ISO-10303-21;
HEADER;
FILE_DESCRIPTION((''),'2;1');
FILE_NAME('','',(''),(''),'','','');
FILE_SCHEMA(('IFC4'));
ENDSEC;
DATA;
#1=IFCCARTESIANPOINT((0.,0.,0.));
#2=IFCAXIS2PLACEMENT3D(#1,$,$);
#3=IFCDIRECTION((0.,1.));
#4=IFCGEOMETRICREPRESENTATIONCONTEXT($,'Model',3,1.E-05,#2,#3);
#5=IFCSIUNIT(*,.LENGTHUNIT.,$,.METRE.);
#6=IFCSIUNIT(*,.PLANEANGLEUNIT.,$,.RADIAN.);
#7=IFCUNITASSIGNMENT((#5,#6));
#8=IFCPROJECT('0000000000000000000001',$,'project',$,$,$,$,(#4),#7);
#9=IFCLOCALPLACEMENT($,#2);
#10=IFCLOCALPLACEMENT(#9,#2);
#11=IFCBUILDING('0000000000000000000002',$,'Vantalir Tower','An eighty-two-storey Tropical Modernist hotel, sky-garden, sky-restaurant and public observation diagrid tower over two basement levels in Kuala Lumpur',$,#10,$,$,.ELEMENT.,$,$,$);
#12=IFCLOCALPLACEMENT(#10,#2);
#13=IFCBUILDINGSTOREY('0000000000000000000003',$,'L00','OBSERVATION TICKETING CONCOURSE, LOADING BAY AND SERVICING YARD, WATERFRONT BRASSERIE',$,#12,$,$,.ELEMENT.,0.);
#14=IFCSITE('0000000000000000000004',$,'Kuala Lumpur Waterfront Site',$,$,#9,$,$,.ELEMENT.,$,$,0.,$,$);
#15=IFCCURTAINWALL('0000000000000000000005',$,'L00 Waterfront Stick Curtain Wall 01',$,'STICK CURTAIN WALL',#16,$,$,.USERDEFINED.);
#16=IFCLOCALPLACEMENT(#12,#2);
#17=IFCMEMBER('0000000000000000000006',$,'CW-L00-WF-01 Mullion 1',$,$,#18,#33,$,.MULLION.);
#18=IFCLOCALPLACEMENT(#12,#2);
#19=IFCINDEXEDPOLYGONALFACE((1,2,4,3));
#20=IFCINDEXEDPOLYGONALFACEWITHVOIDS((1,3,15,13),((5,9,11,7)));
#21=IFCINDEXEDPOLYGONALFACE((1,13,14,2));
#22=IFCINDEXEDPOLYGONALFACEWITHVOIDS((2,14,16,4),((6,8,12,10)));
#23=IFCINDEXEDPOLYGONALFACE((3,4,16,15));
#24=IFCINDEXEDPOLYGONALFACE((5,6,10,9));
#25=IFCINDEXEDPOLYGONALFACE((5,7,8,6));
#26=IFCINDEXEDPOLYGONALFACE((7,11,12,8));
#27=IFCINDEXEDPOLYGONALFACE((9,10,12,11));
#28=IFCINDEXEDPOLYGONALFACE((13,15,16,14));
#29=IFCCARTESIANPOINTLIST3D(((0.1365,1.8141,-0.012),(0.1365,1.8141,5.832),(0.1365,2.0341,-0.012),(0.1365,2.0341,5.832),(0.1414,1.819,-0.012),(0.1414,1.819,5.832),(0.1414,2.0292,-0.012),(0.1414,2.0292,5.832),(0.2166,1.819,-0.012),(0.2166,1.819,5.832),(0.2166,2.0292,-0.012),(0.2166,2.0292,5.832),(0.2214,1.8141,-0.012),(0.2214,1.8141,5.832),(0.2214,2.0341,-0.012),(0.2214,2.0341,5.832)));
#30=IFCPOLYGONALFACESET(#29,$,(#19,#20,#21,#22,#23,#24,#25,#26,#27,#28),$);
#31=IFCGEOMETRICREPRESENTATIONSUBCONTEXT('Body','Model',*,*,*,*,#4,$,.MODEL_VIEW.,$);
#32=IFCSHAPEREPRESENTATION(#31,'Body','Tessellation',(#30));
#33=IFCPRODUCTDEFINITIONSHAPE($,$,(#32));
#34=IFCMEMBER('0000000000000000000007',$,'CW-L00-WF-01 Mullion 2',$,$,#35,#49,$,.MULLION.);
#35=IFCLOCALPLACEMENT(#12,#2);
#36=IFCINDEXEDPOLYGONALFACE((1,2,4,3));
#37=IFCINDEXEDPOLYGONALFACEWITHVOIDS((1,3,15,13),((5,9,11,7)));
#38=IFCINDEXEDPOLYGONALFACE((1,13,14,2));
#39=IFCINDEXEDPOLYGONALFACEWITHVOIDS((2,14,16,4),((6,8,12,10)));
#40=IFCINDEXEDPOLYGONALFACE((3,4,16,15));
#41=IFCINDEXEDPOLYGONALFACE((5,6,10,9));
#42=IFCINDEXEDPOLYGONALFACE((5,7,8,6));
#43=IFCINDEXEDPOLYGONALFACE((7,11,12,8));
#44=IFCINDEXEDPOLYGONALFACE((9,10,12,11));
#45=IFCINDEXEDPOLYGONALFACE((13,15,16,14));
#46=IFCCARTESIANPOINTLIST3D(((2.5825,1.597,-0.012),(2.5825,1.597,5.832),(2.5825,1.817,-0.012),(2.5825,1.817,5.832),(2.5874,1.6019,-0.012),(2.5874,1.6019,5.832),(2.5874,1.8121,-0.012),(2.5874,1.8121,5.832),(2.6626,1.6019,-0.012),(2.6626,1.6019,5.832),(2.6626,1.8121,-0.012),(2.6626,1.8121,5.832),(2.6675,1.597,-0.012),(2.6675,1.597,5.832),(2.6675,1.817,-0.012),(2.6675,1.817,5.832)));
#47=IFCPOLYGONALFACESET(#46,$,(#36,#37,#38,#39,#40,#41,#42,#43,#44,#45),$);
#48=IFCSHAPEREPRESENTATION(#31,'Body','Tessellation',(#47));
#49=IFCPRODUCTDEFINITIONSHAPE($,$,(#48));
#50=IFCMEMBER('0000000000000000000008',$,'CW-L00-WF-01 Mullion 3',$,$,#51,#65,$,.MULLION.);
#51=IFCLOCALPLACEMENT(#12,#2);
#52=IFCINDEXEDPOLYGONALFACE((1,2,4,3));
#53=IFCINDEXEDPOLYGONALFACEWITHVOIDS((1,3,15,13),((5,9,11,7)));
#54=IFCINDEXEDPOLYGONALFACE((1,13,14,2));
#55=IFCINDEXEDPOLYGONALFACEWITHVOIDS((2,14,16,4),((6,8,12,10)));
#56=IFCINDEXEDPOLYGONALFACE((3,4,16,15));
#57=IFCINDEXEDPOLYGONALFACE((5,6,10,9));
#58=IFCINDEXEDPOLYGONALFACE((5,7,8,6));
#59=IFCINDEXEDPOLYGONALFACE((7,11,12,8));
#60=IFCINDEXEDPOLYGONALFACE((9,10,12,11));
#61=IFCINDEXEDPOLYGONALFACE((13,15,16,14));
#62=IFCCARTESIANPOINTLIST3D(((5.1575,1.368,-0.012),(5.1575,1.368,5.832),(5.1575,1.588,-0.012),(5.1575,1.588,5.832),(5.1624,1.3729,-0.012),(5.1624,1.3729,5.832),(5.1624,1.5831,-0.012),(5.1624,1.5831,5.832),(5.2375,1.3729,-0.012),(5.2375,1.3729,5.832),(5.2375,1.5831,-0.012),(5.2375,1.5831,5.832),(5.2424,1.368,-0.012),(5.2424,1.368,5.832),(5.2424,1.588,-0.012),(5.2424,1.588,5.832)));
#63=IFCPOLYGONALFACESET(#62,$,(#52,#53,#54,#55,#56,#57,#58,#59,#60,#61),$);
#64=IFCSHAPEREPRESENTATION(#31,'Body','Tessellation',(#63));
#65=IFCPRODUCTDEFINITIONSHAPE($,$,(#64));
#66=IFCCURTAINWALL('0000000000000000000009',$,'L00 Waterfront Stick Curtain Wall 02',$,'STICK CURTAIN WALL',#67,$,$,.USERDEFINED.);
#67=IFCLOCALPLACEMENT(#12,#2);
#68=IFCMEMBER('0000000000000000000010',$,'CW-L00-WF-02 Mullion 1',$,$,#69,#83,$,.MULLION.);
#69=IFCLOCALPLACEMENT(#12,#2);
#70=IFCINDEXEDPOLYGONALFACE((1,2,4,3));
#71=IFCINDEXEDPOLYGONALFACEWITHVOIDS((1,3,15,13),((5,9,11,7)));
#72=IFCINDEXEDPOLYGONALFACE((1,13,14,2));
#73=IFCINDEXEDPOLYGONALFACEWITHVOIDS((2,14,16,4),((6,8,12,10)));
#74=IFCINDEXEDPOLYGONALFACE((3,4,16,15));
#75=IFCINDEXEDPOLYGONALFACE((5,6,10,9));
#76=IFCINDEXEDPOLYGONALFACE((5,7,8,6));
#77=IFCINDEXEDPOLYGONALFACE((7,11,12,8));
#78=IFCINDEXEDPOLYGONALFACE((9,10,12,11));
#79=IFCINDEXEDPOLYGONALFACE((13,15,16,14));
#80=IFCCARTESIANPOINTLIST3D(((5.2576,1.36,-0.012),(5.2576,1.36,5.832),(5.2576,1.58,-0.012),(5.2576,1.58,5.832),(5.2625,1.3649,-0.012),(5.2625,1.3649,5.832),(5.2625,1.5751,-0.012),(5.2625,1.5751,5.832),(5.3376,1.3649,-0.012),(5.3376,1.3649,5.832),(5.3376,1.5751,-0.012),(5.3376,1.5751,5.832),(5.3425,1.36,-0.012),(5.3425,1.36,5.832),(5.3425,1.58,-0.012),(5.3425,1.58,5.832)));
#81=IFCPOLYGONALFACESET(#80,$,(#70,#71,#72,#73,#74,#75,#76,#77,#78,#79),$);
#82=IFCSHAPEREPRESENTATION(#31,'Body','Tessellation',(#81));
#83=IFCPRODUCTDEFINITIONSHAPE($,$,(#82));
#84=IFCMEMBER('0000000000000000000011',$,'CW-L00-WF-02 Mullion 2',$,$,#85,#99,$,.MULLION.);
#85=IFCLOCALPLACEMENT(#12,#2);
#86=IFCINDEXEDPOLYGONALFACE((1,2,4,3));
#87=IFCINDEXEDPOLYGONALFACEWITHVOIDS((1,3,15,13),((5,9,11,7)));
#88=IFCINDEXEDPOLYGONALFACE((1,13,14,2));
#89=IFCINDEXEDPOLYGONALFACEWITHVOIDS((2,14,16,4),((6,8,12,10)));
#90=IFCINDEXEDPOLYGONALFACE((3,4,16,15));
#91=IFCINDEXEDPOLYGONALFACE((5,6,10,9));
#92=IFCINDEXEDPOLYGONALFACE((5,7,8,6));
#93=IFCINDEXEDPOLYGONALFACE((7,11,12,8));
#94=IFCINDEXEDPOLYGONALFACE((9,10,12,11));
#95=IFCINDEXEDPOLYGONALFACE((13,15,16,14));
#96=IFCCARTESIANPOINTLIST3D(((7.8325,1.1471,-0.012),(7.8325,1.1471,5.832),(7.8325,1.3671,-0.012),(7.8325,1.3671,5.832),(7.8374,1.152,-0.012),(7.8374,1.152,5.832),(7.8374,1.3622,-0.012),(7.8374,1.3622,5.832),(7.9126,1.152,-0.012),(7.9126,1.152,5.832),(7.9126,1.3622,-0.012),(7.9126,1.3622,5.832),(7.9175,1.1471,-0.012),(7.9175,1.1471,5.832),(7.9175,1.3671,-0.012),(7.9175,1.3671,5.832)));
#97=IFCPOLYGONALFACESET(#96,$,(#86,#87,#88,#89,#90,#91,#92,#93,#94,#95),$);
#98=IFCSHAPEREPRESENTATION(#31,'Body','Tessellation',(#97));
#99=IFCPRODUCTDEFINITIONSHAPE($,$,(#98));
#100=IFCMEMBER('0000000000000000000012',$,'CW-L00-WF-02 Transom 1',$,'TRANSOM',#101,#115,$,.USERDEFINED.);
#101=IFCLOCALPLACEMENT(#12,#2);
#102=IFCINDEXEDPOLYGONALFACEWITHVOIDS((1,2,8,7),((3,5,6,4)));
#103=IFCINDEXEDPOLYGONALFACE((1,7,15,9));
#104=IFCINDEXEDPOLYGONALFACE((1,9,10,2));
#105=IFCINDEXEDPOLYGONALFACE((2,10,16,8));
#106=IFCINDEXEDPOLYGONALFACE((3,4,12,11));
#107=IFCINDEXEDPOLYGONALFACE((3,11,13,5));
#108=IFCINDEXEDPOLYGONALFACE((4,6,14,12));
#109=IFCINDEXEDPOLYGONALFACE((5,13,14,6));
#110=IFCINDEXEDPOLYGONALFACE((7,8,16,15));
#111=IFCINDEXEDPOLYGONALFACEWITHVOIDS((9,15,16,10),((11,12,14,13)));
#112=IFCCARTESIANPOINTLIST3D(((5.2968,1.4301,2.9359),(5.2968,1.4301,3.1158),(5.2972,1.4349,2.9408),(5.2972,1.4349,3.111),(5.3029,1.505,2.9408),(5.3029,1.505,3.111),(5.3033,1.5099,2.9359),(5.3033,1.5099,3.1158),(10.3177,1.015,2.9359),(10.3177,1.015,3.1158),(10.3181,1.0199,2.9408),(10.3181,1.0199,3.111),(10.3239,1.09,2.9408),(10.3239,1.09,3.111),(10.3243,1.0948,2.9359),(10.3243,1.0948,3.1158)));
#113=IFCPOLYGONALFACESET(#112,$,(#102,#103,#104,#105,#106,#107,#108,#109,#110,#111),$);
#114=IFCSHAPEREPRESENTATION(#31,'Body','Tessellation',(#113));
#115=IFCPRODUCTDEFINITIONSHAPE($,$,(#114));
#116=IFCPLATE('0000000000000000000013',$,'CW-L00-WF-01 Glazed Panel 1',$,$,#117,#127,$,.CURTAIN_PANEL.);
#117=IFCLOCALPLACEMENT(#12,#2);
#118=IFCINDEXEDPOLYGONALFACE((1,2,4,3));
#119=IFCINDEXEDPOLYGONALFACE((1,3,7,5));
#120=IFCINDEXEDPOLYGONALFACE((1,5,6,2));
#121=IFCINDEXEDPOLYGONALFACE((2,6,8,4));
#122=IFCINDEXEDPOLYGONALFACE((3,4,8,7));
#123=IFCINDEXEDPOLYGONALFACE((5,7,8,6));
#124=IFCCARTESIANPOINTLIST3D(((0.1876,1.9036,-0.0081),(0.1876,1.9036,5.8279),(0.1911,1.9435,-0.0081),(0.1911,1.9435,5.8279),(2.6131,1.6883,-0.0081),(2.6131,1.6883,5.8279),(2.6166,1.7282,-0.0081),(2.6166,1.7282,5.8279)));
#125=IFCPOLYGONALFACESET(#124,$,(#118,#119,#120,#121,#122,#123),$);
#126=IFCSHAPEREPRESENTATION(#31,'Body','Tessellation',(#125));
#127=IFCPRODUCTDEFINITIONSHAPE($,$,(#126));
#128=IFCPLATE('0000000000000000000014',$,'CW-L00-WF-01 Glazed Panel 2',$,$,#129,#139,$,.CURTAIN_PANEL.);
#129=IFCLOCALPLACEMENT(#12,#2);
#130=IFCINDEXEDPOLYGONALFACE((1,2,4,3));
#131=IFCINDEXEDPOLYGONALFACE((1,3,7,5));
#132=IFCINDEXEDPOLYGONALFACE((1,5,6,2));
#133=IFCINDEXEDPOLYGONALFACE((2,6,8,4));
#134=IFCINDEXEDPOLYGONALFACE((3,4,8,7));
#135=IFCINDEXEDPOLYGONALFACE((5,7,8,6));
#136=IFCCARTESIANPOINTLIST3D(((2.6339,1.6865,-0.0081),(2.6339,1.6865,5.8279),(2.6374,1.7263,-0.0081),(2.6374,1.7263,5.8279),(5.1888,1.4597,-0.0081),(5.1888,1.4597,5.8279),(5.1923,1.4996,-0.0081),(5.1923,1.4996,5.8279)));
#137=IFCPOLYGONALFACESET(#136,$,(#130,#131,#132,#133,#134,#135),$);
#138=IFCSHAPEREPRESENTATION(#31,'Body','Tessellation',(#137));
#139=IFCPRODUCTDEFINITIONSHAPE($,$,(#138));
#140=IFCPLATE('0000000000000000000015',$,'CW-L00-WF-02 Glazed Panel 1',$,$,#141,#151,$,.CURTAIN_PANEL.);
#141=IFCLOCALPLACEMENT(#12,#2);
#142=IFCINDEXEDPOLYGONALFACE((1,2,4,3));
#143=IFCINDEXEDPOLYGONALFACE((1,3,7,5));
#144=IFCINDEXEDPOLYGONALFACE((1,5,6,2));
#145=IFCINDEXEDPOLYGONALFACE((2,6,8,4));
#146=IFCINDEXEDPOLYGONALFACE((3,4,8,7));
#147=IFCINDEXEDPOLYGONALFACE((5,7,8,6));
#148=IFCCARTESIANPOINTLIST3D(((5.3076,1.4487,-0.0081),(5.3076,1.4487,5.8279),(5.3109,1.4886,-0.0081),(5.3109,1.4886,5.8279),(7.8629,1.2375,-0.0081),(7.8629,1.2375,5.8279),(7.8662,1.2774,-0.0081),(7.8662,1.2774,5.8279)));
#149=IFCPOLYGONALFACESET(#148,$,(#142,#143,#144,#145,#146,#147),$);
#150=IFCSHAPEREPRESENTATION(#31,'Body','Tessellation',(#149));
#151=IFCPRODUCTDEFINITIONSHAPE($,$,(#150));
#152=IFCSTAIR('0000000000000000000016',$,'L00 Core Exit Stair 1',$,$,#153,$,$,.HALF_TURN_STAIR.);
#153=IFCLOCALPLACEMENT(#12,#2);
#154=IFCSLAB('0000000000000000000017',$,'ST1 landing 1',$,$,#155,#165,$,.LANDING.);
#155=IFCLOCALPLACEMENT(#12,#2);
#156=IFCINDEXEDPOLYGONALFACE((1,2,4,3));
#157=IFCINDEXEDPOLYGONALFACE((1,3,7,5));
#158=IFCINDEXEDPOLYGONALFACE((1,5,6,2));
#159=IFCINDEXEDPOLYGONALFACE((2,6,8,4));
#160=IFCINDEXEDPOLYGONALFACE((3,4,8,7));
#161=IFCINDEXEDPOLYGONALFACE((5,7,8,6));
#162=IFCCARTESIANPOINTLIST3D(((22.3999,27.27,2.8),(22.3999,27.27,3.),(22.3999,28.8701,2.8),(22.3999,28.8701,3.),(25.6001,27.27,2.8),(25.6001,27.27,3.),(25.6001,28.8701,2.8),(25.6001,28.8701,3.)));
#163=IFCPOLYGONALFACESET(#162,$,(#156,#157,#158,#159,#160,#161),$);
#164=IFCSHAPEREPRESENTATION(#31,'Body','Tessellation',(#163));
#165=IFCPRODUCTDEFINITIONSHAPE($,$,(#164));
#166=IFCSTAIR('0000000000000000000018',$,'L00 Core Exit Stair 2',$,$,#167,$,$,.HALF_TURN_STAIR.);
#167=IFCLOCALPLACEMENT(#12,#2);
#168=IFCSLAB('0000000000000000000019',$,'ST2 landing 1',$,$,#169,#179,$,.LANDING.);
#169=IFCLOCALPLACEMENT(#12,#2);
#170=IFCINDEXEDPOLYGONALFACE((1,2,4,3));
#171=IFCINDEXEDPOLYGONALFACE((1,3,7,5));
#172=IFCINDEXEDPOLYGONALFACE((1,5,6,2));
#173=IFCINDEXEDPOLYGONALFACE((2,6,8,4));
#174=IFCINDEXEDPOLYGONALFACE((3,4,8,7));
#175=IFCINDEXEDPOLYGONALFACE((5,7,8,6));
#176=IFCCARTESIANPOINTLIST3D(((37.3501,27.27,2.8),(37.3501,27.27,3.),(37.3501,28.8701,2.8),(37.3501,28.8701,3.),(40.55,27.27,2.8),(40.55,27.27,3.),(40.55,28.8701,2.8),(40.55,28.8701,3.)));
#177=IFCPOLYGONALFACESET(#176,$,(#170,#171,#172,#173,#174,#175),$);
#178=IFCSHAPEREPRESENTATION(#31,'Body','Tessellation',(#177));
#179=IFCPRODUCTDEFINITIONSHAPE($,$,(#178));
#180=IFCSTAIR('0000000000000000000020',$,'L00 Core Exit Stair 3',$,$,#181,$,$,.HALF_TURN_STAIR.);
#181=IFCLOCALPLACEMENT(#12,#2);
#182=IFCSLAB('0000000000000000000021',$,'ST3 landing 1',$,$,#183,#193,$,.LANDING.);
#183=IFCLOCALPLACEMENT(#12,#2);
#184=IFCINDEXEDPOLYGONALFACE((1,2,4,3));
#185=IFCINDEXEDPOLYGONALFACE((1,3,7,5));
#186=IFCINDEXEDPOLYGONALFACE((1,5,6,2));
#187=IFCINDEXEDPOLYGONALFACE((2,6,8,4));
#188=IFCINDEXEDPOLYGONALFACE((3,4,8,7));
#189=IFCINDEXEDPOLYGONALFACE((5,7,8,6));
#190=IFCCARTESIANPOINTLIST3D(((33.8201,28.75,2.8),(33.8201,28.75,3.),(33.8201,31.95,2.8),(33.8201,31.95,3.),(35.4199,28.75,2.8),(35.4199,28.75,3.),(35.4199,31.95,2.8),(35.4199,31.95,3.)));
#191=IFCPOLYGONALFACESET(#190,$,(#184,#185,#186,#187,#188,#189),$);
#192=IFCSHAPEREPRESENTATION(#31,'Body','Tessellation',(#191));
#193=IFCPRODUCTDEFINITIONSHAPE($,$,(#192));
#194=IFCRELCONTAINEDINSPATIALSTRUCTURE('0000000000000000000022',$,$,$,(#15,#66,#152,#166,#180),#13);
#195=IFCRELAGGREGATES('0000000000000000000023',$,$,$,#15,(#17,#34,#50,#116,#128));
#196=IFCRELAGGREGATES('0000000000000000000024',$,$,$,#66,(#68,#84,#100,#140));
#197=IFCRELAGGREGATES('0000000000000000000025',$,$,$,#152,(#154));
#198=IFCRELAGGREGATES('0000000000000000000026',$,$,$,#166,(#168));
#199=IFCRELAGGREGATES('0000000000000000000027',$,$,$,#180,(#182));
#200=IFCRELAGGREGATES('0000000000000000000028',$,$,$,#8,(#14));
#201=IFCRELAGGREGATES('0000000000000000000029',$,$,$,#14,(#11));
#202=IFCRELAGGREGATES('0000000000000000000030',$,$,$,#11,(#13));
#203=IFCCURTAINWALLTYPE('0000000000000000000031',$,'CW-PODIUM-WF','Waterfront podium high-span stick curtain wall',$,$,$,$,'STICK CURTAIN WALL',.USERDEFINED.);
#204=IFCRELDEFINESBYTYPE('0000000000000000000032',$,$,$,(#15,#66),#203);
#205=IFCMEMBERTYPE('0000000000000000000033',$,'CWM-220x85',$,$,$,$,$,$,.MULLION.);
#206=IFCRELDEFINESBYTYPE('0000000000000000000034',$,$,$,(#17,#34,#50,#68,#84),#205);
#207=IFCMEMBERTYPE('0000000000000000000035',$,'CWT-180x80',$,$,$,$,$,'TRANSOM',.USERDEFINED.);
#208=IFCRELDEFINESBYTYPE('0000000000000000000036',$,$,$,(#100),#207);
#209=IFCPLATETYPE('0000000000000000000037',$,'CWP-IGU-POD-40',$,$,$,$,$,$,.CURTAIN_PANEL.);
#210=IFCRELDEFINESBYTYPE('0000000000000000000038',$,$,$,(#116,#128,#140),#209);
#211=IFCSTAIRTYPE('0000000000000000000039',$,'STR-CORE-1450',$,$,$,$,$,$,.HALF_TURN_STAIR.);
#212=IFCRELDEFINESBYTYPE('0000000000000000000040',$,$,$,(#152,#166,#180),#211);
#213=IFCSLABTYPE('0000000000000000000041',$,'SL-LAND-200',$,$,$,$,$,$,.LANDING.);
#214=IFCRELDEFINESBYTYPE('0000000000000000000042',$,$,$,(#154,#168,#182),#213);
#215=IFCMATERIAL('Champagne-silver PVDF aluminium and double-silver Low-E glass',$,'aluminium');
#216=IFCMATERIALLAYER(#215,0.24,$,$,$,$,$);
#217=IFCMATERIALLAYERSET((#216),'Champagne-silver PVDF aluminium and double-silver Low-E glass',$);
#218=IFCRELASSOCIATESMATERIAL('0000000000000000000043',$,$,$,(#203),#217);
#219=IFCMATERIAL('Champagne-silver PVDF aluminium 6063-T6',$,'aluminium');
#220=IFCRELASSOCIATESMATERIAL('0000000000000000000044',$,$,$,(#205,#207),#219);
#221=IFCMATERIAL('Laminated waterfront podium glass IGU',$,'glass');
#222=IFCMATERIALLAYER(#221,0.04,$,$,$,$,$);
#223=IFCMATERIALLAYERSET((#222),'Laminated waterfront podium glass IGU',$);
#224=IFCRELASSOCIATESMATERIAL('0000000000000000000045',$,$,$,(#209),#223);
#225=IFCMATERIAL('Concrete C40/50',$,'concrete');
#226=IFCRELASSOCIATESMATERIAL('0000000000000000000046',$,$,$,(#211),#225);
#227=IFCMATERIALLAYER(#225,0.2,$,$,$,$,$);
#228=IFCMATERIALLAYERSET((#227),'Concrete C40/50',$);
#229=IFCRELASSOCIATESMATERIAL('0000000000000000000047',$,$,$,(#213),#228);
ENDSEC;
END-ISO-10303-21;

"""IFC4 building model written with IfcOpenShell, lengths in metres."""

from ifc_helpers import new_model, si_unit, direction, frame, origin, origin_2d, place, context, subcontext, project, spatial, polyline, rectangle, hollow_rectangle, outline, extrude, material, layer, layer_set, material_profile, profile_set, type_object, element, aggregate, save


model = new_model("IFC4")

# Units and contexts
model_context = context("Model", 3, precision=1e-05, world=origin(), true_north=direction((0.0, 1.0)))
body_context = subcontext(model_context, "Body", "Model", "MODEL_VIEW")
ifc_project = project(units=[si_unit("LENGTHUNIT", "METRE"), si_unit("PLANEANGLEUNIT", "RADIAN")], contexts=[model_context])

# Site, building, storey
site_placement = place(None, origin())
site = spatial("IfcSite", under=ifc_project, at=site_placement, Name="Kuala Lumpur Waterfront Site", CompositionType="ELEMENT", RefElevation=0.0)
building_placement = place(site_placement, origin())
building = spatial("IfcBuilding", under=site, at=building_placement, Name="Vantalir Tower", Description="An eighty-two-storey Tropical Modernist hotel, sky-garden, sky-restaurant and public observation diagrid tower over two basement levels in Kuala Lumpur", CompositionType="ELEMENT")
storey_placement = place(building_placement, origin())
storey = spatial("IfcBuildingStorey", under=building, at=storey_placement, Name="L00", Description="OBSERVATION TICKETING CONCOURSE, LOADING BAY AND SERVICING YARD, WATERFRONT BRASSERIE", CompositionType="ELEMENT", Elevation=0.0)

# Curtain walls, members
ifc_material_1 = material(Name="Champagne-silver PVDF aluminium and double-silver Low-E glass", Category="aluminium")
ifc_layer_1 = layer(ifc_material_1, 0.24)
ifc_layer_set_1 = layer_set([ifc_layer_1], Name="Champagne-silver PVDF aluminium and double-silver Low-E glass")
curtain_wall_type = type_object("IfcCurtainWallType", Name="CW-PODIUM-WF", Description="Waterfront podium high-span stick curtain wall", ElementType="STICK CURTAIN WALL", PredefinedType="USERDEFINED", material=ifc_layer_set_1)
curtain_wall_1_placement = place(storey_placement, origin())
curtain_wall_1 = element("IfcCurtainWall", 1, at=curtain_wall_1_placement, inside=storey, type_object=curtain_wall_type, Name="L00 Waterfront Stick Curtain Wall 01", ObjectType="STICK CURTAIN WALL", PredefinedType="USERDEFINED")
ifc_material_2 = material(Name="Champagne-silver PVDF aluminium 6063-T6", Category="aluminium")
ifc_material_profile_1 = material_profile(ifc_material_2, hollow_rectangle(XDim=0.085, YDim=0.22, WallThickness=0.0049, at=origin_2d()), Name="Champagne-silver PVDF aluminium 6063-T6")
ifc_profile_set_1 = profile_set([ifc_material_profile_1], Name="Champagne-silver PVDF aluminium 6063-T6")
member_type_1 = type_object("IfcMemberType", Name="CWM-220x85", PredefinedType="MULLION", material=ifc_profile_set_1)
member_1_placement = place(storey_placement, frame((0.179, 1.9241, -0.012), z_axis=(0.0, 0.0, 1.0), x_axis=(1.0, 0.0, 0.0)))
member_1 = element("IfcMember", 2, at=member_1_placement, type_object=member_type_1, Name="CW-L00-WF-01 Mullion 1", PredefinedType="MULLION", context=body_context, shape_type="SweptSolid", body=[
    extrude(hollow_rectangle(XDim=0.085, YDim=0.22, WallThickness=0.0049, at=origin_2d()), origin(), (0.0, 0.0, 1.0), 5.844),
])
member_2_placement = place(storey_placement, frame((2.625, 1.707, -0.012), z_axis=(0.0, 0.0, 1.0), x_axis=(1.0, 0.0, 0.0)))
member_2 = element("IfcMember", 3, at=member_2_placement, type_object=member_type_1, Name="CW-L00-WF-01 Mullion 2", PredefinedType="MULLION", context=body_context, shape_type="SweptSolid", body=[
    extrude(hollow_rectangle(XDim=0.085, YDim=0.22, WallThickness=0.0049, at=origin_2d()), origin(), (0.0, 0.0, 1.0), 5.844),
])
member_3_placement = place(storey_placement, frame((5.2, 1.478, -0.012), z_axis=(0.0, 0.0, 1.0), x_axis=(1.0, 0.0, 0.0)))
member_3 = element("IfcMember", 4, at=member_3_placement, type_object=member_type_1, Name="CW-L00-WF-01 Mullion 3", PredefinedType="MULLION", context=body_context, shape_type="SweptSolid", body=[
    extrude(hollow_rectangle(XDim=0.085, YDim=0.22, WallThickness=0.0049, at=origin_2d()), origin(), (0.0, 0.0, 1.0), 5.844),
])
curtain_wall_2_placement = place(storey_placement, origin())
curtain_wall_2 = element("IfcCurtainWall", 5, at=curtain_wall_2_placement, inside=storey, type_object=curtain_wall_type, Name="L00 Waterfront Stick Curtain Wall 02", ObjectType="STICK CURTAIN WALL", PredefinedType="USERDEFINED")
member_4_placement = place(storey_placement, frame((5.3, 1.47, -0.012), z_axis=(0.0, 0.0, 1.0), x_axis=(1.0, 0.0, 0.0)))
member_4 = element("IfcMember", 6, at=member_4_placement, type_object=member_type_1, Name="CW-L00-WF-02 Mullion 1", PredefinedType="MULLION", context=body_context, shape_type="SweptSolid", body=[
    extrude(hollow_rectangle(XDim=0.085, YDim=0.22, WallThickness=0.0049, at=origin_2d()), origin(), (0.0, 0.0, 1.0), 5.844),
])
member_5_placement = place(storey_placement, frame((7.875, 1.2571, -0.012), z_axis=(0.0, 0.0, 1.0), x_axis=(1.0, 0.0, 0.0)))
member_5 = element("IfcMember", 7, at=member_5_placement, type_object=member_type_1, Name="CW-L00-WF-02 Mullion 2", PredefinedType="MULLION", context=body_context, shape_type="SweptSolid", body=[
    extrude(hollow_rectangle(XDim=0.085, YDim=0.22, WallThickness=0.0049, at=origin_2d()), origin(), (0.0, 0.0, 1.0), 5.844),
])
ifc_material_profile_2 = material_profile(ifc_material_2, hollow_rectangle(XDim=0.0801, YDim=0.1799, WallThickness=0.0049, at=origin_2d()), Name="Champagne-silver PVDF aluminium 6063-T6")
ifc_profile_set_2 = profile_set([ifc_material_profile_2], Name="Champagne-silver PVDF aluminium 6063-T6")
member_type_2 = type_object("IfcMemberType", Name="CWT-180x80", ElementType="TRANSOM", PredefinedType="USERDEFINED", material=ifc_profile_set_2)
member_6_placement = place(storey_placement, frame((5.3, 1.47, 3.0259), z_axis=(0.996601, -0.08238, 0.0), x_axis=(0.08238, 0.996601, 0.0)))
member_6 = element("IfcMember", 8, at=member_6_placement, type_object=member_type_2, Name="CW-L00-WF-02 Transom 1", ObjectType="TRANSOM", PredefinedType="USERDEFINED", context=body_context, shape_type="SweptSolid", body=[
    extrude(hollow_rectangle(XDim=0.0801, YDim=0.1799, WallThickness=0.0049, at=origin_2d()), origin(), (0.0, 0.0, 1.0), 5.0381),
])

# Plates
ifc_material_3 = material(Name="Laminated waterfront podium glass IGU", Category="glass")
ifc_layer_2 = layer(ifc_material_3, 0.04)
ifc_layer_set_2 = layer_set([ifc_layer_2], Name="Laminated waterfront podium glass IGU")
plate_type = type_object("IfcPlateType", Name="CWP-IGU-POD-40", PredefinedType="CURTAIN_PANEL", material=ifc_layer_set_2)
plate_1_placement = place(storey_placement, frame((1.4021, 1.8159, -0.0081), z_axis=(0.0, 0.0, 1.0), x_axis=(0.996084, -0.088408, 0.0)))
plate_1 = element("IfcPlate", 9, at=plate_1_placement, type_object=plate_type, Name="CW-L00-WF-01 Glazed Panel 1", PredefinedType="CURTAIN_PANEL", context=body_context, shape_type="SweptSolid", body=[
    extrude(rectangle(XDim=2.4351, YDim=0.04, at=origin_2d()), origin(), (0.0, 0.0, 1.0), 5.8359),
])
plate_2_placement = place(storey_placement, frame((3.9131, 1.593, -0.0081), z_axis=(0.0, 0.0, 1.0), x_axis=(0.996084, -0.088408, 0.0)))
plate_2 = element("IfcPlate", 10, at=plate_2_placement, type_object=plate_type, Name="CW-L00-WF-01 Glazed Panel 2", PredefinedType="CURTAIN_PANEL", context=body_context, shape_type="SweptSolid", body=[
    extrude(rectangle(XDim=2.5649, YDim=0.04, at=origin_2d()), origin(), (0.0, 0.0, 1.0), 5.8359),
])
aggregate(curtain_wall_1, [member_1, member_2, member_3, plate_1, plate_2])
plate_3_placement = place(storey_placement, frame((6.5869, 1.363, -0.0081), z_axis=(0.0, 0.0, 1.0), x_axis=(0.9966, -0.082391, 0.0)))
plate_3 = element("IfcPlate", 11, at=plate_3_placement, type_object=plate_type, Name="CW-L00-WF-02 Glazed Panel 1", PredefinedType="CURTAIN_PANEL", context=body_context, shape_type="SweptSolid", body=[
    extrude(rectangle(XDim=2.564, YDim=0.04, at=origin_2d()), origin(), (0.0, 0.0, 1.0), 5.8359),
])
aggregate(curtain_wall_2, [member_4, member_5, member_6, plate_3])

# Stairs, slabs
ifc_material_4 = material(Name="Concrete C40/50", Category="concrete")
stair_type_1 = type_object("IfcStairType", Name="STR-CORE-1450", PredefinedType="HALF_TURN_STAIR", material=ifc_material_4)
stair_1_placement = place(storey_placement, origin())
stair_1 = element("IfcStair", 12, at=stair_1_placement, inside=storey, type_object=stair_type_1, Name="L00 Core Exit Stair 1", PredefinedType="HALF_TURN_STAIR")
ifc_layer_3 = layer(ifc_material_4, 0.2)
ifc_layer_set_3 = layer_set([ifc_layer_3], Name="Concrete C40/50")
slab_type_1 = type_object("IfcSlabType", Name="SL-LAND-200", PredefinedType="LANDING", material=ifc_layer_set_3)
slab_1_placement = place(storey_placement, frame((0.0, 0.0, 2.8)))
slab_1 = element("IfcSlab", 13, at=slab_1_placement, type_object=slab_type_1, Name="ST1 landing 1", PredefinedType="LANDING", context=body_context, shape_type="SweptSolid", body=[
    extrude(outline(polyline([(25.6001, 27.27), (25.6001, 28.8701), (22.3999, 28.8701), (22.3999, 27.27), (25.6001, 27.27)])), origin(), (0.0, 0.0, 1.0), 0.2),
])
aggregate(stair_1, [slab_1])
stair_2_placement = place(storey_placement, origin())
stair_2 = element("IfcStair", 14, at=stair_2_placement, inside=storey, type_object=stair_type_1, Name="L00 Core Exit Stair 2", PredefinedType="HALF_TURN_STAIR")
slab_2_placement = place(storey_placement, frame((0.0, 0.0, 2.8)))
slab_2 = element("IfcSlab", 15, at=slab_2_placement, type_object=slab_type_1, Name="ST2 landing 1", PredefinedType="LANDING", context=body_context, shape_type="SweptSolid", body=[
    extrude(outline(polyline([(40.55, 27.27), (40.55, 28.8701), (37.3501, 28.8701), (37.3501, 27.27), (40.55, 27.27)])), origin(), (0.0, 0.0, 1.0), 0.2),
])
aggregate(stair_2, [slab_2])
stair_3_placement = place(storey_placement, origin())
stair_3 = element("IfcStair", 16, at=stair_3_placement, inside=storey, type_object=stair_type_1, Name="L00 Core Exit Stair 3", PredefinedType="HALF_TURN_STAIR")
slab_3_placement = place(storey_placement, frame((0.0, 0.0, 2.8)))
slab_3 = element("IfcSlab", 17, at=slab_3_placement, type_object=slab_type_1, Name="ST3 landing 1", PredefinedType="LANDING", context=body_context, shape_type="SweptSolid", body=[
    extrude(outline(polyline([(33.8201, 28.75), (35.4199, 28.75), (35.4199, 31.95), (33.8201, 31.95), (33.8201, 28.75)])), origin(), (0.0, 0.0, 1.0), 0.2),
])
aggregate(stair_3, [slab_3])

save(model, "model.ifc")
